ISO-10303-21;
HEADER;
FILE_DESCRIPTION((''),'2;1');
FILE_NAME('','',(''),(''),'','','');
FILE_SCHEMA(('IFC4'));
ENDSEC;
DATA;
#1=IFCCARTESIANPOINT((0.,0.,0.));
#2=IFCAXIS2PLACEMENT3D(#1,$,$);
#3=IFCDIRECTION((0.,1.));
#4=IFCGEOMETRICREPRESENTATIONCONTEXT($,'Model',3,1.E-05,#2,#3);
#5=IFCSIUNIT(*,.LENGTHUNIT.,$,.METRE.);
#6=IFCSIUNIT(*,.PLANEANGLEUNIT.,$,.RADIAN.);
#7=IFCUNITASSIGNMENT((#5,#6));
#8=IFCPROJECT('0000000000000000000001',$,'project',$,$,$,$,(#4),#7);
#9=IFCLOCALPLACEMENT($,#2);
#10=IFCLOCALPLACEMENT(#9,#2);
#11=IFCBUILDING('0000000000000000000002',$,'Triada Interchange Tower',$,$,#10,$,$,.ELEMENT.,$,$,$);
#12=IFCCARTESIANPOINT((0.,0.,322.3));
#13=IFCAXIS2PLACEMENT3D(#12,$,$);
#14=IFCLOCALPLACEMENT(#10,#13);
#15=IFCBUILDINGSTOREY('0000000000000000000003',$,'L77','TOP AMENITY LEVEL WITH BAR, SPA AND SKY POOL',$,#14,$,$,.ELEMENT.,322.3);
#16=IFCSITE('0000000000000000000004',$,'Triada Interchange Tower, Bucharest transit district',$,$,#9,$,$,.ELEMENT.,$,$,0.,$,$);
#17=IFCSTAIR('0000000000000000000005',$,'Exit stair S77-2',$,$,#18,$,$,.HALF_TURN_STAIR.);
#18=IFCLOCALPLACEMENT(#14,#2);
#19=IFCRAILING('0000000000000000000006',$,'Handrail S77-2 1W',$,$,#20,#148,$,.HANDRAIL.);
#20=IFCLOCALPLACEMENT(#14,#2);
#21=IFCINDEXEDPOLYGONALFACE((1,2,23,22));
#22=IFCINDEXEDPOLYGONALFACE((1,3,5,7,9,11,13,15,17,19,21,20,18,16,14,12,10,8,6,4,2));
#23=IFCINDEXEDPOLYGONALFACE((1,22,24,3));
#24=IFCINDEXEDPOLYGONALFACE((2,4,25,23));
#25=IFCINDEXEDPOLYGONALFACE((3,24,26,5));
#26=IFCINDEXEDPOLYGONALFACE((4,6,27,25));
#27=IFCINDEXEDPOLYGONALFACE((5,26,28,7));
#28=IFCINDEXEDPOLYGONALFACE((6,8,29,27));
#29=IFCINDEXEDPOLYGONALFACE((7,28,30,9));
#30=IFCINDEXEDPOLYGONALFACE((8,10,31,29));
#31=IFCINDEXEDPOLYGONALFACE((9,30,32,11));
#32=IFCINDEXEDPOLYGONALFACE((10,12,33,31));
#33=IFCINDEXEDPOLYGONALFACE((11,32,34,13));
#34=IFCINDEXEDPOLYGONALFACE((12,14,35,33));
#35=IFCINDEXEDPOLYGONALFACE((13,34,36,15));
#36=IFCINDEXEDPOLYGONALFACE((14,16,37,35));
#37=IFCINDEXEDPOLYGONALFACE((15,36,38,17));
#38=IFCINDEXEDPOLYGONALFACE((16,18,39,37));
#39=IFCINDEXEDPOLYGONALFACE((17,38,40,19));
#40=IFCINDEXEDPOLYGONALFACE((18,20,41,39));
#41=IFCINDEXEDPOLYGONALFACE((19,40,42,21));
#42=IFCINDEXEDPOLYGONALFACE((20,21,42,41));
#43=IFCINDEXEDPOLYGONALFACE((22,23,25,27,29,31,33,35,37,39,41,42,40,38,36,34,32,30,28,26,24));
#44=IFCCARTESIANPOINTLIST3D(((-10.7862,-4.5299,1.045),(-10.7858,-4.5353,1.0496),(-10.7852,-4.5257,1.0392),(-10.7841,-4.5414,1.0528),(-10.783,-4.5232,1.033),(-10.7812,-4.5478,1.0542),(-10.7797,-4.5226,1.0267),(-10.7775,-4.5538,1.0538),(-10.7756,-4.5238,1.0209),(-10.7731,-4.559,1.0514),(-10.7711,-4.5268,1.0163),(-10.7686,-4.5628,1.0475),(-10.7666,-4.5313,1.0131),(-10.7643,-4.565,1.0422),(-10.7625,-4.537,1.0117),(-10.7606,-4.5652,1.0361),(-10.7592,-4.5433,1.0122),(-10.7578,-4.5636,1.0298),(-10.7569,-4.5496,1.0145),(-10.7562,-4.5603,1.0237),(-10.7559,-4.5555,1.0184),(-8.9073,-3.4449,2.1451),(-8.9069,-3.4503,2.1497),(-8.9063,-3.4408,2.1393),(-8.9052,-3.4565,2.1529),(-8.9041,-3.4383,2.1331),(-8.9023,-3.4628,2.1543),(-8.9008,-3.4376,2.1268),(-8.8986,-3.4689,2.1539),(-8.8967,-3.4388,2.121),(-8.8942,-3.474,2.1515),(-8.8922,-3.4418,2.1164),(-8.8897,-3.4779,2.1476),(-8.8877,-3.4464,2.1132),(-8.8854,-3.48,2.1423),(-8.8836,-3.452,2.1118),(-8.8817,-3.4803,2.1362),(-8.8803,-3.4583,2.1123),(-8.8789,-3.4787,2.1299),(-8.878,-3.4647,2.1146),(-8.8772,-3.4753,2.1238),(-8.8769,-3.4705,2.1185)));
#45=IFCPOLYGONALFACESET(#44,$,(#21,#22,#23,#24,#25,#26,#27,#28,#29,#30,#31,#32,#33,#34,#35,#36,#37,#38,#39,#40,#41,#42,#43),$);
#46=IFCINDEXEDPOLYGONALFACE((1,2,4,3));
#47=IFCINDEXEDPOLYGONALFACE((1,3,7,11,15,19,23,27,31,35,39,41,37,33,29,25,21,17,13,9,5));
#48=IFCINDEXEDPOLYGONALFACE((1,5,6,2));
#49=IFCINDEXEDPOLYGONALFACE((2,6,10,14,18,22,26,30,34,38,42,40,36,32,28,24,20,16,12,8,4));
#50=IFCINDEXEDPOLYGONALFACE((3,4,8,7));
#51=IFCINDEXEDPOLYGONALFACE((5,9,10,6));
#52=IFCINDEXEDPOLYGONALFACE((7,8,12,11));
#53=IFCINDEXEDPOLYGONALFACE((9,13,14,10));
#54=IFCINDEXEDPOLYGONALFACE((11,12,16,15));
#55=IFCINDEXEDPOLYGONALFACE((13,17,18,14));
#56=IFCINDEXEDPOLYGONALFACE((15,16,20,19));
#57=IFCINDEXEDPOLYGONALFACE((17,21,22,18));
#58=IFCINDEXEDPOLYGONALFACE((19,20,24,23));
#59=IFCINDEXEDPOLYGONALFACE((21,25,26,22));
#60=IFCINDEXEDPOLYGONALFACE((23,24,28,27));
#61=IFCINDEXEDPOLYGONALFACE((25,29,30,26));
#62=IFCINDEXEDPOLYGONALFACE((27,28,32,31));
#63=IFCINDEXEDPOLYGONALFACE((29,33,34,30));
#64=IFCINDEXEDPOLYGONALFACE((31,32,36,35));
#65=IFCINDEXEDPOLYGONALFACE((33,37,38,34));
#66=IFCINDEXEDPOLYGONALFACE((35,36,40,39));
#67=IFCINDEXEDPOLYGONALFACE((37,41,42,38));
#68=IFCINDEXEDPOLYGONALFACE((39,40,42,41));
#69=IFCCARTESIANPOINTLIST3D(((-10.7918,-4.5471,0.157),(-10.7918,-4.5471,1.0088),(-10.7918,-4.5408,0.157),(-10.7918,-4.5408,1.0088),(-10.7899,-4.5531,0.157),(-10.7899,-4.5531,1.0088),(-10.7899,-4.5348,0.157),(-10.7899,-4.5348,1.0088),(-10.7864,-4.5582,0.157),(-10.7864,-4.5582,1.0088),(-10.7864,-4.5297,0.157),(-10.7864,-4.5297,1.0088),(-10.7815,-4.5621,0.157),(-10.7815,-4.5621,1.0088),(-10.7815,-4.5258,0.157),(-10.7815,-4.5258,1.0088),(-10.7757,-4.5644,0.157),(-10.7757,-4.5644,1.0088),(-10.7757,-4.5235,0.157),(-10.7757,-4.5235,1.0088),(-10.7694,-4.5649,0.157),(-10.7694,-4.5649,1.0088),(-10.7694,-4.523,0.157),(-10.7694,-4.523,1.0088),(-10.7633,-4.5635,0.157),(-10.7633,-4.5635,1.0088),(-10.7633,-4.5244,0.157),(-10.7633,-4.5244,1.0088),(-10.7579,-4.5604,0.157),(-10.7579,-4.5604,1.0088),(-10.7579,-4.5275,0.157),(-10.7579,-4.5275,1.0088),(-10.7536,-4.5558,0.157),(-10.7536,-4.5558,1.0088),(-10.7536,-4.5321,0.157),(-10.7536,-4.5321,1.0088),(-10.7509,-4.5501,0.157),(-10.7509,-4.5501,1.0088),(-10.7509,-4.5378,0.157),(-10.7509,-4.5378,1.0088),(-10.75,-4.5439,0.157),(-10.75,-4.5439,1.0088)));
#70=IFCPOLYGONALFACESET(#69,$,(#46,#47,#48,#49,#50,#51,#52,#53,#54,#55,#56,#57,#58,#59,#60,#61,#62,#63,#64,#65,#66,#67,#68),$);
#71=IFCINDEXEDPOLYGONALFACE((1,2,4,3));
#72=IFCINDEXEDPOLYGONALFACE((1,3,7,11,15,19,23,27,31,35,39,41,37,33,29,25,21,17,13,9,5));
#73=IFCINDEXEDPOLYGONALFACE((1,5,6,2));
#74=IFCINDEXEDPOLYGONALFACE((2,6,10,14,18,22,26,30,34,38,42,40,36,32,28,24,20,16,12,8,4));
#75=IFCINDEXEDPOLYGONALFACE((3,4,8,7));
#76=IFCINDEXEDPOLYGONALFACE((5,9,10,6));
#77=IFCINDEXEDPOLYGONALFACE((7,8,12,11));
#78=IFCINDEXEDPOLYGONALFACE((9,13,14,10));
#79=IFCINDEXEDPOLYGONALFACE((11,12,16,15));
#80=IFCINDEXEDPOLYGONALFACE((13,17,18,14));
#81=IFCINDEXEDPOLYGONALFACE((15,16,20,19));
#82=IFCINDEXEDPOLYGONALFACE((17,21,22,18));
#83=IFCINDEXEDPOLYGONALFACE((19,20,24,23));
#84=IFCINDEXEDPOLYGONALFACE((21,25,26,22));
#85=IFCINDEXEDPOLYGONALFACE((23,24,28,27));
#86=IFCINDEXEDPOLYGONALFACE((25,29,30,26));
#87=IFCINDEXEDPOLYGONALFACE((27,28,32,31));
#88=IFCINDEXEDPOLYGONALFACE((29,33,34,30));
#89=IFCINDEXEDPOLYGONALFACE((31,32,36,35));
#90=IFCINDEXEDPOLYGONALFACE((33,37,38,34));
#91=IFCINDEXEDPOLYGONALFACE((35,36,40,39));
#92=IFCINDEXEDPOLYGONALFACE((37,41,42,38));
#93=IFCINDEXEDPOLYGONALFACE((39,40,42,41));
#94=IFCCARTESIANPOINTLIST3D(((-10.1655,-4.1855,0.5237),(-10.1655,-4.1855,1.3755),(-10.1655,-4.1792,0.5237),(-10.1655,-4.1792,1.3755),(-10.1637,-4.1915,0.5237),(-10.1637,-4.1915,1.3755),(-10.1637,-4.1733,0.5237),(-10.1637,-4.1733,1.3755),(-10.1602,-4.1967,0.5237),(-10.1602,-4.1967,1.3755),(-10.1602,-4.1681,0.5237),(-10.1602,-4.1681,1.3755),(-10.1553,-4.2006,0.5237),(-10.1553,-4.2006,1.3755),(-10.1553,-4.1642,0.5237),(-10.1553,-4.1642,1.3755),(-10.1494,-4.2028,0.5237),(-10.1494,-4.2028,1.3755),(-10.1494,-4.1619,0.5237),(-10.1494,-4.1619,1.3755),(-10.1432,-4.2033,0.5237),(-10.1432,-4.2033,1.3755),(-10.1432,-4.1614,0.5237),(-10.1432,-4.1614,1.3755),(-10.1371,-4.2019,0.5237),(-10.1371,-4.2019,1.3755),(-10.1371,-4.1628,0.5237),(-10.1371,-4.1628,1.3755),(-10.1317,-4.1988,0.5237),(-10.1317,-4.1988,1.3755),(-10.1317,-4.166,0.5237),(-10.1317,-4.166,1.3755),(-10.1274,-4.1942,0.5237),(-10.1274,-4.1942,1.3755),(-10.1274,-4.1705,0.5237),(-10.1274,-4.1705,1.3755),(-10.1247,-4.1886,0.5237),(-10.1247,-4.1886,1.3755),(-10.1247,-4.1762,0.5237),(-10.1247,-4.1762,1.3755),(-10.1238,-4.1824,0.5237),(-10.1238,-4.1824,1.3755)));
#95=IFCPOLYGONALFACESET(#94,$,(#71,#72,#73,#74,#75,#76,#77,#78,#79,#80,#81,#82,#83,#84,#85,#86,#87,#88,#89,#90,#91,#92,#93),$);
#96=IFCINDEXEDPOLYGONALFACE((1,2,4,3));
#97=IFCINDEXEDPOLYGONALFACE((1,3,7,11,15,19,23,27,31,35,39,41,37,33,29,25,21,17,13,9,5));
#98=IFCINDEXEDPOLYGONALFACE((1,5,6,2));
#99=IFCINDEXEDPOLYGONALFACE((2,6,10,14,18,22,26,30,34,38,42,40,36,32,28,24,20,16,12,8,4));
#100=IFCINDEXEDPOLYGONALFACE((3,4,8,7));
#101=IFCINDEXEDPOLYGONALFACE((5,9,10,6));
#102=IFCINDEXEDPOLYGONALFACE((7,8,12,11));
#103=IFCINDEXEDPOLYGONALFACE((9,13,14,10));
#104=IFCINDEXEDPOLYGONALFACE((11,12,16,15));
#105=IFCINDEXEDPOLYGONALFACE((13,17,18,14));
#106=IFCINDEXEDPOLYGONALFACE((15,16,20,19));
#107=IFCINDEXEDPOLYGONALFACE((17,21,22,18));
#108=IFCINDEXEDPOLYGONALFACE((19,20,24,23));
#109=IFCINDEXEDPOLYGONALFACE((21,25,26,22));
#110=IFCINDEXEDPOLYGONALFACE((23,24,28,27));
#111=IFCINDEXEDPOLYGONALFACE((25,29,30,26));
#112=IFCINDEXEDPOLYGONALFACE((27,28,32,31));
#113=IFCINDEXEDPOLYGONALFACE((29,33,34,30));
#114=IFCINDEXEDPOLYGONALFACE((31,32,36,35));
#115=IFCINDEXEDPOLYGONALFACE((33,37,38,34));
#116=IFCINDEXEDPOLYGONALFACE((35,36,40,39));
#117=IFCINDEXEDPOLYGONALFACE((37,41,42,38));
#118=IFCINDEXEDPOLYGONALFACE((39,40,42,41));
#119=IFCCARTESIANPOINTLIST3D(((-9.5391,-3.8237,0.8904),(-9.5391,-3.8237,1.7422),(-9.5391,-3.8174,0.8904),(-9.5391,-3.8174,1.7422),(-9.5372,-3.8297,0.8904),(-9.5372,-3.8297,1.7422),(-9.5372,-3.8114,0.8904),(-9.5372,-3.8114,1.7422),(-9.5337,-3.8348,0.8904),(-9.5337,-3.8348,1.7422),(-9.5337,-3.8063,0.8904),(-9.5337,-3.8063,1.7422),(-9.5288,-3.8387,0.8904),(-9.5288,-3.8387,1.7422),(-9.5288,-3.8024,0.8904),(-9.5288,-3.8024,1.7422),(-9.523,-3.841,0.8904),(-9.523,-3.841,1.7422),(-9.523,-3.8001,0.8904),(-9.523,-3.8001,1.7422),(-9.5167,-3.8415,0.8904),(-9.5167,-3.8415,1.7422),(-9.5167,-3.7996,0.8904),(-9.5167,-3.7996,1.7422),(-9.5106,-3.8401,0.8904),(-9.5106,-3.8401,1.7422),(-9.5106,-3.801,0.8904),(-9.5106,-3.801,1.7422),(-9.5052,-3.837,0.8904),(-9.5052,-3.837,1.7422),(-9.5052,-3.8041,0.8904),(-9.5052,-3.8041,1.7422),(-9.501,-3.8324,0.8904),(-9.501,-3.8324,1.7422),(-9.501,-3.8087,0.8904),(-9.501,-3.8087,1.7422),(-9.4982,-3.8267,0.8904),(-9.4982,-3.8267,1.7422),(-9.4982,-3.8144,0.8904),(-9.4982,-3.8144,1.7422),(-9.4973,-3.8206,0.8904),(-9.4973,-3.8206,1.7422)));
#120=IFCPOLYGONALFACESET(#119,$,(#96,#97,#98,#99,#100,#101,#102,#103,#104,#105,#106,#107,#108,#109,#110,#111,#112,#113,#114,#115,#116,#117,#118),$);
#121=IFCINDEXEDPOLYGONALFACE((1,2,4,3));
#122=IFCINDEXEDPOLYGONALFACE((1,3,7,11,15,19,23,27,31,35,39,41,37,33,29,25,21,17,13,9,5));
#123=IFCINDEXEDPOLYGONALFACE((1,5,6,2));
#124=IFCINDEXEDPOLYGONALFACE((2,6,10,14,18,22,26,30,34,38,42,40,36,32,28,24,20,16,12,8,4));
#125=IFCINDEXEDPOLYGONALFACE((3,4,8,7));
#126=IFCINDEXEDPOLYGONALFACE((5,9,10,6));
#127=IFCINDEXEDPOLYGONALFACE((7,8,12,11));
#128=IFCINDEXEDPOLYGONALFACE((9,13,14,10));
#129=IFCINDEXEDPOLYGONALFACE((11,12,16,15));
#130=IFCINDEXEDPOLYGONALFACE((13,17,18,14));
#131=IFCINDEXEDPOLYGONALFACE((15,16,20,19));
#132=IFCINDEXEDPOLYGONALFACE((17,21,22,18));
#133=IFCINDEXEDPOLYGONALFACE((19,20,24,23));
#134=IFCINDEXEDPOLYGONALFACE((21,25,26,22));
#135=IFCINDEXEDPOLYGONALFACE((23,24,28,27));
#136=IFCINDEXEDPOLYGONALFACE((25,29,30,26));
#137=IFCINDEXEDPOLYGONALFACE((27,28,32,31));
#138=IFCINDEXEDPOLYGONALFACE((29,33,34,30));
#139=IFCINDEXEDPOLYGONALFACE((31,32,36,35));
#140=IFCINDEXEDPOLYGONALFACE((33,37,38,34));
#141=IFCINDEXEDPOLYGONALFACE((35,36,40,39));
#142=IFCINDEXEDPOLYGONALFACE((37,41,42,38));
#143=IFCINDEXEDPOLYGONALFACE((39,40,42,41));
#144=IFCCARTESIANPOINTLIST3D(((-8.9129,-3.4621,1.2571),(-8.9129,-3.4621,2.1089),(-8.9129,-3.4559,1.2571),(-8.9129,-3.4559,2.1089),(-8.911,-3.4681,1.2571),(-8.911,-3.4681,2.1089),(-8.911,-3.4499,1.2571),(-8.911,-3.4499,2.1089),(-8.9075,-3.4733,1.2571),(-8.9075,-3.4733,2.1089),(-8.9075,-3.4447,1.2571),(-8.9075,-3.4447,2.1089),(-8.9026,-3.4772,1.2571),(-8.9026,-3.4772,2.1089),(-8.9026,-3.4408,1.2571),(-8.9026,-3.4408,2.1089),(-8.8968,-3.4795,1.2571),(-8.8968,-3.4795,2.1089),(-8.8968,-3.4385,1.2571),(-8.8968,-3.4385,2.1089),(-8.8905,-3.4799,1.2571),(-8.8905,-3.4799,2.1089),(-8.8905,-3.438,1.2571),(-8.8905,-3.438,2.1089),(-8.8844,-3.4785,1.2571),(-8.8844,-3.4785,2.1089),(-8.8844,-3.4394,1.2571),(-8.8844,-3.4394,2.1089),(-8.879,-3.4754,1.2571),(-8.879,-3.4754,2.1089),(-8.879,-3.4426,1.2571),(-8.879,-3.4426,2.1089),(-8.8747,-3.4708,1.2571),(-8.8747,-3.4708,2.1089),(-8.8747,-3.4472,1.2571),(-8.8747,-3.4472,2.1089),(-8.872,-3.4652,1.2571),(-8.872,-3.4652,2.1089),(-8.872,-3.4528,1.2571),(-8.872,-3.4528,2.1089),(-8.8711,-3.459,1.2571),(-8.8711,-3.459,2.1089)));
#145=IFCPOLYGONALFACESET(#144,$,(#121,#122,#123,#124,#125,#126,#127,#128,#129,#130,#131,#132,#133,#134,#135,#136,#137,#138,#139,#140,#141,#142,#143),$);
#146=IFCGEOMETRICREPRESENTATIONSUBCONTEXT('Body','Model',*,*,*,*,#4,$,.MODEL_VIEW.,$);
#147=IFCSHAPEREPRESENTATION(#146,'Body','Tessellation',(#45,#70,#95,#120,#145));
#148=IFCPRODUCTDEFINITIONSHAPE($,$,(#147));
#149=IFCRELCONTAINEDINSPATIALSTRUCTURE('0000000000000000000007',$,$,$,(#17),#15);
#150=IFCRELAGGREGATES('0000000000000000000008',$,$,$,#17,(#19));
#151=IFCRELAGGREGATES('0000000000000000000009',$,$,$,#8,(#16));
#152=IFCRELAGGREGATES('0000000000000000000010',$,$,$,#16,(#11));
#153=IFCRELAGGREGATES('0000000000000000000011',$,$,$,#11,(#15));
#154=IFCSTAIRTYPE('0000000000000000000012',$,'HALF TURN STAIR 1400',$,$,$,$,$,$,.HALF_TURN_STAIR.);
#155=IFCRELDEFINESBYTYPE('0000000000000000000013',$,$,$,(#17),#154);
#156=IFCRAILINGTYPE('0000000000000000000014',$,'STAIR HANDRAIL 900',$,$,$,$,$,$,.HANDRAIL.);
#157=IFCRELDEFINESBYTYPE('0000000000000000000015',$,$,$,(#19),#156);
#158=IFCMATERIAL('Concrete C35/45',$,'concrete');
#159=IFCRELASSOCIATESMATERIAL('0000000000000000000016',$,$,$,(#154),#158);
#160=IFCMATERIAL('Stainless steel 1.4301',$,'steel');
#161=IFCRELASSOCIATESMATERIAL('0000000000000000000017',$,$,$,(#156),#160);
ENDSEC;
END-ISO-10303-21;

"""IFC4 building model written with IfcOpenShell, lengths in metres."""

from ifc_helpers import new_model, si_unit, direction, frame, origin, origin_2d, place, context, subcontext, project, spatial, circle, extrude, material, type_object, element, aggregate, save


model = new_model("IFC4")

# Units and contexts
model_context = context("Model", 3, precision=1e-05, world=origin(), true_north=direction((0.0, 1.0)))
body_context = subcontext(model_context, "Body", "Model", "MODEL_VIEW")
ifc_project = project(units=[si_unit("LENGTHUNIT", "METRE"), si_unit("PLANEANGLEUNIT", "RADIAN")], contexts=[model_context])

# Site, building, storey
site_placement = place(None, origin())
site = spatial("IfcSite", under=ifc_project, at=site_placement, Name="Triada Interchange Tower, Bucharest transit district", CompositionType="ELEMENT", RefElevation=0.0)
building_placement = place(site_placement, origin())
building = spatial("IfcBuilding", under=site, at=building_placement, Name="Triada Interchange Tower", CompositionType="ELEMENT")
storey_placement = place(building_placement, frame((0.0, 0.0, 322.3)))
storey = spatial("IfcBuildingStorey", under=building, at=storey_placement, Name="L77", Description="TOP AMENITY LEVEL WITH BAR, SPA AND SKY POOL", CompositionType="ELEMENT", Elevation=322.3)

# Shared definitions
ifc_material_1 = material(Name="Concrete C35/45", Category="concrete")

# Stair, railing
stair_type = type_object("IfcStairType", Name="HALF TURN STAIR 1400", PredefinedType="HALF_TURN_STAIR", material=ifc_material_1)
stair_placement = place(storey_placement, origin())
stair = element("IfcStair", 1, at=stair_placement, inside=storey, type_object=stair_type, Name="Exit stair S77-2", PredefinedType="HALF_TURN_STAIR")
ifc_material_2 = material(Name="Stainless steel 1.4301", Category="steel")
railing_type_1 = type_object("IfcRailingType", Name="STAIR HANDRAIL 900", PredefinedType="HANDRAIL", material=ifc_material_2)
railing_1_placement = place(storey_placement, frame((-10.771, -4.5439, 0.157)))
railing_1 = element("IfcRailing", 2, at=railing_1_placement, type_object=railing_type_1, Name="Handrail S77-2 1W", PredefinedType="HANDRAIL", context=body_context, shape_type="SweptSolid", body=[
    extrude(circle(Radius=0.0239, at=origin_2d()), frame((0.0, 0.0, 0.876), z_axis=(0.772379, 0.446005, 0.452227), x_axis=(-0.50006, 0.865991, 0.0)), (0.0, 0.0, 1.0), 2.4326),
    extrude(circle(Radius=0.021, at=origin_2d()), origin(), (0.0, 0.0, 1.0), 0.8518),
    extrude(circle(Radius=0.021, at=origin_2d()), frame((0.6262, 0.3616, 0.3667)), (0.0, 0.0, 1.0), 0.8518),
    extrude(circle(Radius=0.021, at=origin_2d()), frame((1.2527, 0.7234, 0.7334)), (0.0, 0.0, 1.0), 0.8518),
    extrude(circle(Radius=0.021, at=origin_2d()), frame((1.8789, 1.085, 1.1001)), (0.0, 0.0, 1.0), 0.8518),
])
aggregate(stair, [railing_1])

save(model, "model.ifc")
